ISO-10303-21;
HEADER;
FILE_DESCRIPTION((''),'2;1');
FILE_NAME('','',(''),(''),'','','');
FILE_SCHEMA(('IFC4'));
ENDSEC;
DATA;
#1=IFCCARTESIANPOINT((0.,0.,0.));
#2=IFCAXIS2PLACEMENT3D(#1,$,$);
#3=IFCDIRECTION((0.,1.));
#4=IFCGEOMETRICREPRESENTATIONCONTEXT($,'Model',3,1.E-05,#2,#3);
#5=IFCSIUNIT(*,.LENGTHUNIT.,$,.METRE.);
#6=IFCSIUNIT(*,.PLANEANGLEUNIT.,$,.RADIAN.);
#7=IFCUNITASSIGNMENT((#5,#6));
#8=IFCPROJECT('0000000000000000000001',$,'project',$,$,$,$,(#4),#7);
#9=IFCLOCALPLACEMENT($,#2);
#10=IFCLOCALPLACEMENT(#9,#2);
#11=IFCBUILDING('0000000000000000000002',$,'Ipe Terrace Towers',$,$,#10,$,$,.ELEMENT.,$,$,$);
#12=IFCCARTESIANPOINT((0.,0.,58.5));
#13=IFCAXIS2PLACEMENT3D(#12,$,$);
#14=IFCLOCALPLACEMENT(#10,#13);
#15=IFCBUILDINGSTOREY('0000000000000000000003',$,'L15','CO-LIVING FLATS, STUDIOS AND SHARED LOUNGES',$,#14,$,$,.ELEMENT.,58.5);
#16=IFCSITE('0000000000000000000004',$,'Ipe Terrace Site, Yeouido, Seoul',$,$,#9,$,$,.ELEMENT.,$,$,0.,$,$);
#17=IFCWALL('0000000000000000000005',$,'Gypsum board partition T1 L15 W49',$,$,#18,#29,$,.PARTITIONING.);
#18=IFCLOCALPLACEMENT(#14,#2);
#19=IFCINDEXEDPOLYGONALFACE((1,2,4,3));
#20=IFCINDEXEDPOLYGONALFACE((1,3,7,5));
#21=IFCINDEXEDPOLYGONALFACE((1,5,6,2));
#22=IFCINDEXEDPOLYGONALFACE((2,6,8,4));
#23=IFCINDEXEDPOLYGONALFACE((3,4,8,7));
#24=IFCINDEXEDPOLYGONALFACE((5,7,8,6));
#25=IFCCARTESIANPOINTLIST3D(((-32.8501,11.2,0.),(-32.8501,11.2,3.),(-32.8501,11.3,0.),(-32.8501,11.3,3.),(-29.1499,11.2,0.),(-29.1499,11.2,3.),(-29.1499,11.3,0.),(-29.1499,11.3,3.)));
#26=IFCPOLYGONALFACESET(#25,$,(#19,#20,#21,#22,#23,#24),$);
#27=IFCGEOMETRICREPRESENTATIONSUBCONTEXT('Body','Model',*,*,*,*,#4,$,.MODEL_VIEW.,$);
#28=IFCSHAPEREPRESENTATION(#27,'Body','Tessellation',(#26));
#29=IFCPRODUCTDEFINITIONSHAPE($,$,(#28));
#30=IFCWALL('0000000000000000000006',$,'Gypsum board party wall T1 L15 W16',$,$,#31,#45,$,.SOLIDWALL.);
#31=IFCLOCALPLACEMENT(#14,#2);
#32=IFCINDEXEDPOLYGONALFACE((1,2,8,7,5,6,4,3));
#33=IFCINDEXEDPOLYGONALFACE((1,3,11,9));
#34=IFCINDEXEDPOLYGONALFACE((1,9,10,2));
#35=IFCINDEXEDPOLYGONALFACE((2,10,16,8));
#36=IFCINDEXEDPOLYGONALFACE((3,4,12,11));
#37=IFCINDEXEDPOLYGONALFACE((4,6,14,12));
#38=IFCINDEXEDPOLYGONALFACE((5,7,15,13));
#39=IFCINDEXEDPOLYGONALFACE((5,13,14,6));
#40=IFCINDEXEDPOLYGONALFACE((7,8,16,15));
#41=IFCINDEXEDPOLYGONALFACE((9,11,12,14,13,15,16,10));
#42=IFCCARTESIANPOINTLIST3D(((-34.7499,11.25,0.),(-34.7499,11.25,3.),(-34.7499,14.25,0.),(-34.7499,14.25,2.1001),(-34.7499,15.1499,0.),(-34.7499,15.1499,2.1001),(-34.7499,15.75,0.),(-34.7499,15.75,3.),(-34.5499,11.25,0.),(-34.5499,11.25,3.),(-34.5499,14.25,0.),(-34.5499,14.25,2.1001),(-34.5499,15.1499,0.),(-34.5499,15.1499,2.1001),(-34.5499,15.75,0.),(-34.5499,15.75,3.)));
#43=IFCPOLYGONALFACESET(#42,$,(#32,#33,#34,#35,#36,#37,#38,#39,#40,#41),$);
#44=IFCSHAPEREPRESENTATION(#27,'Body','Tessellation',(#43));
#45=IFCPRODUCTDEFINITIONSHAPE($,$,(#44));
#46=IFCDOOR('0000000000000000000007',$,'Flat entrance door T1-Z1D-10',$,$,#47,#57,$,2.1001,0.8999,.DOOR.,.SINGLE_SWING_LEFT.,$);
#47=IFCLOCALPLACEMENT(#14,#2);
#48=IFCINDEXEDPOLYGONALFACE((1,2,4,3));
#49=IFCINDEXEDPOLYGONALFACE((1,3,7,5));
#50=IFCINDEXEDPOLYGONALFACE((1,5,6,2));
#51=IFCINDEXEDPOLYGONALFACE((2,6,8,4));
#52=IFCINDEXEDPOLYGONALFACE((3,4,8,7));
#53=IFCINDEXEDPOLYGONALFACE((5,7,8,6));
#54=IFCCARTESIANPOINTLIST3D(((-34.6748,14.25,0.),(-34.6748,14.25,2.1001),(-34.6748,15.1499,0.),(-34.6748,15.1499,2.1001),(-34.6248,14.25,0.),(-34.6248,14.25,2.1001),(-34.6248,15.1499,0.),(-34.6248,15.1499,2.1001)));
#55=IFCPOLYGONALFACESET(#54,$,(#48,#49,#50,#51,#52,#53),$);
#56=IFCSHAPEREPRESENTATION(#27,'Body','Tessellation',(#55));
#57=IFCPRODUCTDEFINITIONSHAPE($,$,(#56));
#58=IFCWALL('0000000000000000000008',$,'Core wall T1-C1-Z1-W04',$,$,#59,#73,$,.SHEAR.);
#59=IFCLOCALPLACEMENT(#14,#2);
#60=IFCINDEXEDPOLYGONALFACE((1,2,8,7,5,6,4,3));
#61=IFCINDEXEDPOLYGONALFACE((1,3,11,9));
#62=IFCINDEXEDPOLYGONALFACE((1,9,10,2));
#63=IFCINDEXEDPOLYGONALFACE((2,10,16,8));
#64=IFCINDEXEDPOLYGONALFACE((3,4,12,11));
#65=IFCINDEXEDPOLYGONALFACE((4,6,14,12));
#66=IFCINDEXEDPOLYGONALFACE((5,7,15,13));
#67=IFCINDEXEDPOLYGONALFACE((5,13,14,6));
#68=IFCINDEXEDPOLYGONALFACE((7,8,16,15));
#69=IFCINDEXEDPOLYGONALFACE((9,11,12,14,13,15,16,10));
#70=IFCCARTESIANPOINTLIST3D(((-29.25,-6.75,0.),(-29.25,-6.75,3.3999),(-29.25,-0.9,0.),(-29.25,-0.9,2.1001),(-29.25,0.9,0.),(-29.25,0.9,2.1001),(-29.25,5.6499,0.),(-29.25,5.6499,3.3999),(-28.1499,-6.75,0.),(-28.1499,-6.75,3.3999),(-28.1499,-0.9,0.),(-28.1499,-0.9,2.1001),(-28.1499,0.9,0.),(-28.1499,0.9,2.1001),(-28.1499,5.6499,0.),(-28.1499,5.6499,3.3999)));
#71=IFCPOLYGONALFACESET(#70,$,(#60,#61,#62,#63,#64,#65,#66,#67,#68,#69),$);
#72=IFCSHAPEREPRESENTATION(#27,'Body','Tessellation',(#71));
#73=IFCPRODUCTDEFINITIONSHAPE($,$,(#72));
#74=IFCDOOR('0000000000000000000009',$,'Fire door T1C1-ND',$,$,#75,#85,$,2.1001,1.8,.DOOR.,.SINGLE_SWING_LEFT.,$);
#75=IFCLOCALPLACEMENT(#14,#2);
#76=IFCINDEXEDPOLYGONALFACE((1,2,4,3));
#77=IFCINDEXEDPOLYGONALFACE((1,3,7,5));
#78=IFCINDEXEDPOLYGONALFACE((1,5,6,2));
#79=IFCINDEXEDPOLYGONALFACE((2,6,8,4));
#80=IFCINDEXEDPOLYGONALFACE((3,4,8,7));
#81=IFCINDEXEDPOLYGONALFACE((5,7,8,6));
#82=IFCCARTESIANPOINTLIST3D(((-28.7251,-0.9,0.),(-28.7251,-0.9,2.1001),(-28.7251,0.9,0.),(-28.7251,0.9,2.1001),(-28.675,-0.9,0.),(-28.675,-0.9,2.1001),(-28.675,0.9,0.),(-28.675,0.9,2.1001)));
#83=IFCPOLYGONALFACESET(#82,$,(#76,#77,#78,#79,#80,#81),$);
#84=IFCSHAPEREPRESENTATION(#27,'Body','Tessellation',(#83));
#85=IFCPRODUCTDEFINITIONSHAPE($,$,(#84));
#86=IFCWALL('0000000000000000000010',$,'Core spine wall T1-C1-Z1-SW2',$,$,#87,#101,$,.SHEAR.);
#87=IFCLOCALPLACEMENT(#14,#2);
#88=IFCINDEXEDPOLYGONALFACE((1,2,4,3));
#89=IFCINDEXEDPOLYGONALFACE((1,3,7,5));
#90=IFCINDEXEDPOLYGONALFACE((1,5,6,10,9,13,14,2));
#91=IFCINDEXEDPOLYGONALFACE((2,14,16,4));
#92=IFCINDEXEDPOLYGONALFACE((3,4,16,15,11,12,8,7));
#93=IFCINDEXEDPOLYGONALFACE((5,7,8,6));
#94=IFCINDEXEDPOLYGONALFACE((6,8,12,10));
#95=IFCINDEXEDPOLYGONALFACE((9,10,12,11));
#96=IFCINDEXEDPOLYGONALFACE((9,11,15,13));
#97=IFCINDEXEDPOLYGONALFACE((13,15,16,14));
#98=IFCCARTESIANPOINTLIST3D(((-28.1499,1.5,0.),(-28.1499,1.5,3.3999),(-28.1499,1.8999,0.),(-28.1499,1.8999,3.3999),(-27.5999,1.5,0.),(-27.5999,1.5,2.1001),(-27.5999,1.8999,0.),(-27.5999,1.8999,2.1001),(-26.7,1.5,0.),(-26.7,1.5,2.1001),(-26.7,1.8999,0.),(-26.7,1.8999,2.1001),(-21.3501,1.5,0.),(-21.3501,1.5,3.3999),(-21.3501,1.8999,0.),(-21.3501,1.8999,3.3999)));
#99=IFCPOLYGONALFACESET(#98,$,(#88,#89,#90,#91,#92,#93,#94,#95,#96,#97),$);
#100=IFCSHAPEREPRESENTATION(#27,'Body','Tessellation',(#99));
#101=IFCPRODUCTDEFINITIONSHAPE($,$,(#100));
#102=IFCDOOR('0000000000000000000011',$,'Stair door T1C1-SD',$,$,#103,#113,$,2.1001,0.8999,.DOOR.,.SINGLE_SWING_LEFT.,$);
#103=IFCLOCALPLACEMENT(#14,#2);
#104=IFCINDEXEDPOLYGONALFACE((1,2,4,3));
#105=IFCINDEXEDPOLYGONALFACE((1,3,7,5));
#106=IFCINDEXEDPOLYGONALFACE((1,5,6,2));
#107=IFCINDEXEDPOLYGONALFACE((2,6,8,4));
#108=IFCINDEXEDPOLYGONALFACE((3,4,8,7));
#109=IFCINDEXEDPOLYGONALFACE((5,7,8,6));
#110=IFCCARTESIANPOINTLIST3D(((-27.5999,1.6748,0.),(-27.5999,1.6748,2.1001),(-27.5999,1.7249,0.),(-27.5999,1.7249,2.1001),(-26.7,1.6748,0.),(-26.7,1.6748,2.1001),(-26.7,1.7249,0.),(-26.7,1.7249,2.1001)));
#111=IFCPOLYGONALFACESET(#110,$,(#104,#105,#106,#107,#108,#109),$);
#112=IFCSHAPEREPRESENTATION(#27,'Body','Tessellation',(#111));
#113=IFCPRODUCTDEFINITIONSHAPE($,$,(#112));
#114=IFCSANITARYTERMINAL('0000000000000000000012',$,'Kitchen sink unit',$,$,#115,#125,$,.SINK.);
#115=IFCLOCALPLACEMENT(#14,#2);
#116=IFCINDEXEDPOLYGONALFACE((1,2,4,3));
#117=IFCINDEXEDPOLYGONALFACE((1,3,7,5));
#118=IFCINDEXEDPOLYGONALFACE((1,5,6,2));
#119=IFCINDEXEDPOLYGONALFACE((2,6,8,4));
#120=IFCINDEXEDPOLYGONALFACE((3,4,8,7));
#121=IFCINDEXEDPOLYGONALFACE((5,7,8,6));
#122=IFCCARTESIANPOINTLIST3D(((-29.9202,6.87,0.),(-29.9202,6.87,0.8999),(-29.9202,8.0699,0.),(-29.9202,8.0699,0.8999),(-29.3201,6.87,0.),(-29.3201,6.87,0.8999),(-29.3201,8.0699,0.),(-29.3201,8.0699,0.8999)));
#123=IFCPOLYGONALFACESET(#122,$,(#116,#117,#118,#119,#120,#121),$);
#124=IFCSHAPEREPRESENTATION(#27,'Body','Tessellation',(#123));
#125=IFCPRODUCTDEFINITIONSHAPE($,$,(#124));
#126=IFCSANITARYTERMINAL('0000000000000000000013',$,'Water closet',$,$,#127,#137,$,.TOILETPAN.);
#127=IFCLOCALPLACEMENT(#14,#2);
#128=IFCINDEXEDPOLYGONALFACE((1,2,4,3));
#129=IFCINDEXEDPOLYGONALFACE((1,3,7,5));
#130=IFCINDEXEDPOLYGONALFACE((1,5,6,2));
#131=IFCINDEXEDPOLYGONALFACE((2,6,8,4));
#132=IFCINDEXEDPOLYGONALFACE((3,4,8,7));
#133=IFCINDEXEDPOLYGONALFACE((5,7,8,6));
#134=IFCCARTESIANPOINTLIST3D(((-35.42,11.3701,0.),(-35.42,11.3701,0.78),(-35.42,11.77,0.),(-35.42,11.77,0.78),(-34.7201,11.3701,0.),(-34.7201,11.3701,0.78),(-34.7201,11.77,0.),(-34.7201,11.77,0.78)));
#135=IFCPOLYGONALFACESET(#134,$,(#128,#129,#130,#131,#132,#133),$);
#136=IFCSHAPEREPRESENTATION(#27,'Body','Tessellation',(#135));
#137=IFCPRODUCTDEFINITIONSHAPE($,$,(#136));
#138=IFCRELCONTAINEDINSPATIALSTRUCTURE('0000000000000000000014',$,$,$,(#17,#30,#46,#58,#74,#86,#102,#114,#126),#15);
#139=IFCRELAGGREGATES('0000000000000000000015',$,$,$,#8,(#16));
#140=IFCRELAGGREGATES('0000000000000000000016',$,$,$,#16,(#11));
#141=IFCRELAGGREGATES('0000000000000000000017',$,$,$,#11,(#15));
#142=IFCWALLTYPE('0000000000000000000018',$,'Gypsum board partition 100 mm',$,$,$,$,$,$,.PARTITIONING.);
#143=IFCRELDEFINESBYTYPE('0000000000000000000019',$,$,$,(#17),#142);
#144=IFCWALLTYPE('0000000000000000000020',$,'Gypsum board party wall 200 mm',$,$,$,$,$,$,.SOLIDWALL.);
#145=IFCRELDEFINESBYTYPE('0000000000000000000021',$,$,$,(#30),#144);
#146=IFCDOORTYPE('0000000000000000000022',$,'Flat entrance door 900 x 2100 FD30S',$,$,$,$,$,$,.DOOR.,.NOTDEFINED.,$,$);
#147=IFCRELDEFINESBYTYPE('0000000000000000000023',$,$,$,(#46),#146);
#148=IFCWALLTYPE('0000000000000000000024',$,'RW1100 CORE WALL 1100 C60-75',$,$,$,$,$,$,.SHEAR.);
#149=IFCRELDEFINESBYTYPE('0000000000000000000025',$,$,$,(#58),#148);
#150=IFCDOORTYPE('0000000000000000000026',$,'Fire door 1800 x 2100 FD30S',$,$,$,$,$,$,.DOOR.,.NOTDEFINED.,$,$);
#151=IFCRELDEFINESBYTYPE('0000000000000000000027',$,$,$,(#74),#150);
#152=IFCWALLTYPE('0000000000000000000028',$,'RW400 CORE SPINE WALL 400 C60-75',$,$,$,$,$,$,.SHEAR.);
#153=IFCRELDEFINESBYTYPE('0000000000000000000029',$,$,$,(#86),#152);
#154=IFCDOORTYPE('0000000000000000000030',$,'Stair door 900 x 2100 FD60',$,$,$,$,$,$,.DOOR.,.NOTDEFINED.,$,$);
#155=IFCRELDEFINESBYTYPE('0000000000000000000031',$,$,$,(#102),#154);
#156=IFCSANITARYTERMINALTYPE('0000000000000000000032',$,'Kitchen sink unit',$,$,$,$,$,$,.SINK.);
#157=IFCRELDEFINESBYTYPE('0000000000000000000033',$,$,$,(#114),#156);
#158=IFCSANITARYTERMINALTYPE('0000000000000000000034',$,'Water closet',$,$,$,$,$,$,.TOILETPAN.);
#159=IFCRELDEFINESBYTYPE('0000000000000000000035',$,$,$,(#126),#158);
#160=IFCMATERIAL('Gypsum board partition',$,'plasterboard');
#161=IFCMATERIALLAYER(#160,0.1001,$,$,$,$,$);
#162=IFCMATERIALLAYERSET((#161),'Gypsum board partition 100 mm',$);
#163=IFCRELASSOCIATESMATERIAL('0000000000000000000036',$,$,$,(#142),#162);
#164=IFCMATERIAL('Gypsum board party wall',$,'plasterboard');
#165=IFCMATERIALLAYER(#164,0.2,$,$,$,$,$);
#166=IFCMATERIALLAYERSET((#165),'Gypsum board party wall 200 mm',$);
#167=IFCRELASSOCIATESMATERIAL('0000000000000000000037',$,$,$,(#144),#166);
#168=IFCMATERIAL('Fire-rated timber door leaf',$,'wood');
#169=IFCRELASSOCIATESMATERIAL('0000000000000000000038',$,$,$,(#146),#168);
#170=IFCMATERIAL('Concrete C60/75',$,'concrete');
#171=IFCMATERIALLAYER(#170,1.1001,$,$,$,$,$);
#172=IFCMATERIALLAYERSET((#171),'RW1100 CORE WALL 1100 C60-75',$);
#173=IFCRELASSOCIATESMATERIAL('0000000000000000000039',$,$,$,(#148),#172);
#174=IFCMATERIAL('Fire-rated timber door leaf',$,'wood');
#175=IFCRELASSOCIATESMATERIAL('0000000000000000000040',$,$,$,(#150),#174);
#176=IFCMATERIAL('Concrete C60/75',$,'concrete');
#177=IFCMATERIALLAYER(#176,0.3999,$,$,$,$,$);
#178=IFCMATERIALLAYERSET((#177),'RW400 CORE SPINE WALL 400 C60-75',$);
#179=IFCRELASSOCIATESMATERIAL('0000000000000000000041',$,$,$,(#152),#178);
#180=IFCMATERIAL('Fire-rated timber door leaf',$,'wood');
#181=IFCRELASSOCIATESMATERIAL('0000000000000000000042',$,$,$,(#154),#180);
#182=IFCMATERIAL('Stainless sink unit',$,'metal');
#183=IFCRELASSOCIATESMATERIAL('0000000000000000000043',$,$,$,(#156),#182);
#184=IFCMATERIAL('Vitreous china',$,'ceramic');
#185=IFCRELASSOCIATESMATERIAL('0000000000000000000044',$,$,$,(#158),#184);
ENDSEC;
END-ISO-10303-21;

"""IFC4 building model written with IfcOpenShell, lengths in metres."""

from ifc_helpers import new_model, si_unit, direction, frame, frame_2d, origin, origin_2d, place, context, subcontext, project, spatial, rectangle, extrude, material, layer, layer_set, type_object, element, fill, save


model = new_model("IFC4")

# Units and contexts
model_context = context("Model", 3, precision=1e-05, world=origin(), true_north=direction((0.0, 1.0)))
body_context = subcontext(model_context, "Body", "Model", "MODEL_VIEW")
ifc_project = project(units=[si_unit("LENGTHUNIT", "METRE"), si_unit("PLANEANGLEUNIT", "RADIAN")], contexts=[model_context])

# Site, building, storey
site_placement = place(None, origin())
site = spatial("IfcSite", under=ifc_project, at=site_placement, Name="Ipe Terrace Site, Yeouido, Seoul", CompositionType="ELEMENT", RefElevation=0.0)
building_placement = place(site_placement, origin())
building = spatial("IfcBuilding", under=site, at=building_placement, Name="Ipe Terrace Towers", CompositionType="ELEMENT")
storey_placement = place(building_placement, frame((0.0, 0.0, 58.5)))
storey = spatial("IfcBuildingStorey", under=building, at=storey_placement, Name="L15", Description="CO-LIVING FLATS, STUDIOS AND SHARED LOUNGES", CompositionType="ELEMENT", Elevation=58.5)

# Shared definitions
ifc_material_1 = material(Name="Gypsum board partition", Category="plasterboard")
ifc_layer_1 = layer(ifc_material_1, 0.1001)
ifc_layer_set_1 = layer_set([ifc_layer_1], Name="Gypsum board partition 100 mm")
wall_type_1 = type_object("IfcWallType", Name="Gypsum board partition 100 mm", PredefinedType="PARTITIONING", material=ifc_layer_set_1)

# Wall
wall_1_placement = place(storey_placement, frame((-32.8501, 11.25, 0.0), z_axis=(0.0, 0.0, 1.0), x_axis=(1.0, 0.0, 0.0)))
element("IfcWall", 1, at=wall_1_placement, inside=storey, type_object=wall_type_1, Name="Gypsum board partition T1 L15 W49", PredefinedType="PARTITIONING", context=body_context, shape_type="SweptSolid", body=[
    extrude(rectangle(XDim=3.7002, YDim=0.1001, at=frame_2d((1.8501, 0.0))), origin(), (0.0, 0.0, 1.0), 3.0),
])

# Walls, openings, doors
ifc_material_2 = material(Name="Gypsum board party wall", Category="plasterboard")
ifc_layer_2 = layer(ifc_material_2, 0.2)
ifc_layer_set_2 = layer_set([ifc_layer_2], Name="Gypsum board party wall 200 mm")
wall_type_2 = type_object("IfcWallType", Name="Gypsum board party wall 200 mm", PredefinedType="SOLIDWALL", material=ifc_layer_set_2)
wall_2_placement = place(storey_placement, frame((-34.6499, 11.25, 0.0), z_axis=(0.0, 0.0, 1.0), x_axis=(0.0, 1.0, 0.0)))
wall_2 = element("IfcWall", 2, at=wall_2_placement, inside=storey, type_object=wall_type_2, Name="Gypsum board party wall T1 L15 W16", PredefinedType="SOLIDWALL", context=body_context, shape_type="SweptSolid", body=[
    extrude(rectangle(XDim=4.5, YDim=0.2, at=frame_2d((2.25, 0.0))), origin(), (0.0, 0.0, 1.0), 3.0),
])
opening_1_placement = place(wall_2_placement, frame((3.0, 0.0, 0.0)))
opening_1 = element("IfcOpeningElement", 3, at=opening_1_placement, cuts=wall_2, PredefinedType="OPENING", context=body_context, shape_type="SweptSolid", body=[
    extrude(rectangle(XDim=0.8999, YDim=2.1001, at=frame_2d((0.45, 1.05))), frame((0.0, 0.1099, 0.0), z_axis=(0.0, -1.0, 0.0), x_axis=(1.0, 0.0, 0.0)), (0.0, 0.0, 1.0), 0.22),
])
ifc_material_3 = material(Name="Fire-rated timber door leaf", Category="wood")
door_type_1 = type_object("IfcDoorType", Name="Flat entrance door 900 x 2100 FD30S", OperationType="NOTDEFINED", PredefinedType="DOOR", material=ifc_material_3)
door_1_placement = place(opening_1_placement, origin())
door_1 = element("IfcDoor", 4, at=door_1_placement, inside=storey, type_object=door_type_1, Name="Flat entrance door T1-Z1D-10", OperationType="SINGLE_SWING_LEFT", OverallHeight=2.1001, OverallWidth=0.8999, PredefinedType="DOOR", context=body_context, shape_type="SweptSolid", body=[
    extrude(rectangle(XDim=0.8999, YDim=2.1001, at=frame_2d((0.45, 1.05))), frame((0.0, 0.0249, 0.0), z_axis=(0.0, -1.0, 0.0), x_axis=(1.0, 0.0, 0.0)), (0.0, 0.0, 1.0), 0.05),
])
fill(opening_1, door_1)
ifc_material_4 = material(Name="Concrete C60/75", Category="concrete")
ifc_layer_3 = layer(ifc_material_4, 1.1001)
ifc_layer_set_3 = layer_set([ifc_layer_3], Name="RW1100 CORE WALL 1100 C60-75")
wall_type_3 = type_object("IfcWallType", Name="RW1100 CORE WALL 1100 C60-75", PredefinedType="SHEAR", material=ifc_layer_set_3)
wall_3_placement = place(storey_placement, frame((-28.7, 5.6499, 0.0), z_axis=(0.0, 0.0, 1.0), x_axis=(0.0, -1.0, 0.0)))
wall_3 = element("IfcWall", 5, at=wall_3_placement, inside=storey, type_object=wall_type_3, Name="Core wall T1-C1-Z1-W04", PredefinedType="SHEAR", context=body_context, shape_type="SweptSolid", body=[
    extrude(rectangle(XDim=12.3999, YDim=1.1001, at=frame_2d((6.2, 0.0))), origin(), (0.0, 0.0, 1.0), 3.3999),
])
opening_2_placement = place(wall_3_placement, frame((4.75, 0.0, 0.0)))
opening_2 = element("IfcOpeningElement", 6, at=opening_2_placement, cuts=wall_3, PredefinedType="OPENING", context=body_context, shape_type="SweptSolid", body=[
    extrude(rectangle(XDim=1.8, YDim=2.1001, at=frame_2d((0.8999, 1.05))), frame((0.0, 0.5601, 0.0), z_axis=(0.0, -1.0, 0.0), x_axis=(1.0, 0.0, 0.0)), (0.0, 0.0, 1.0), 1.1201),
])
ifc_material_5 = material(Name="Fire-rated timber door leaf", Category="wood")
door_type_2 = type_object("IfcDoorType", Name="Fire door 1800 x 2100 FD30S", OperationType="NOTDEFINED", PredefinedType="DOOR", material=ifc_material_5)
door_2_placement = place(opening_2_placement, origin())
door_2 = element("IfcDoor", 7, at=door_2_placement, inside=storey, type_object=door_type_2, Name="Fire door T1C1-ND", OperationType="SINGLE_SWING_LEFT", OverallHeight=2.1001, OverallWidth=1.8, PredefinedType="DOOR", context=body_context, shape_type="SweptSolid", body=[
    extrude(rectangle(XDim=1.8, YDim=2.1001, at=frame_2d((0.8999, 1.05))), frame((0.0, 0.0249, 0.0), z_axis=(0.0, -1.0, 0.0), x_axis=(1.0, 0.0, 0.0)), (0.0, 0.0, 1.0), 0.05),
])
fill(opening_2, door_2)
ifc_material_6 = material(Name="Concrete C60/75", Category="concrete")
ifc_layer_4 = layer(ifc_material_6, 0.3999)
ifc_layer_set_4 = layer_set([ifc_layer_4], Name="RW400 CORE SPINE WALL 400 C60-75")
wall_type_4 = type_object("IfcWallType", Name="RW400 CORE SPINE WALL 400 C60-75", PredefinedType="SHEAR", material=ifc_layer_set_4)
wall_4_placement = place(storey_placement, frame((-28.1499, 1.7, 0.0), z_axis=(0.0, 0.0, 1.0), x_axis=(1.0, 0.0, 0.0)))
wall_4 = element("IfcWall", 8, at=wall_4_placement, inside=storey, type_object=wall_type_4, Name="Core spine wall T1-C1-Z1-SW2", PredefinedType="SHEAR", context=body_context, shape_type="SweptSolid", body=[
    extrude(rectangle(XDim=6.7998, YDim=0.3999, at=frame_2d((3.3999, 0.0))), origin(), (0.0, 0.0, 1.0), 3.3999),
])
opening_3_placement = place(wall_4_placement, frame((0.55, 0.0, 0.0)))
opening_3 = element("IfcOpeningElement", 9, at=opening_3_placement, cuts=wall_4, PredefinedType="OPENING", context=body_context, shape_type="SweptSolid", body=[
    extrude(rectangle(XDim=0.8999, YDim=2.1001, at=frame_2d((0.45, 1.05))), frame((0.0, 0.21, 0.0), z_axis=(0.0, -1.0, 0.0), x_axis=(1.0, 0.0, 0.0)), (0.0, 0.0, 1.0), 0.4199),
])
ifc_material_7 = material(Name="Fire-rated timber door leaf", Category="wood")
door_type_3 = type_object("IfcDoorType", Name="Stair door 900 x 2100 FD60", OperationType="NOTDEFINED", PredefinedType="DOOR", material=ifc_material_7)
door_3_placement = place(opening_3_placement, origin())
door_3 = element("IfcDoor", 10, at=door_3_placement, inside=storey, type_object=door_type_3, Name="Stair door T1C1-SD", OperationType="SINGLE_SWING_LEFT", OverallHeight=2.1001, OverallWidth=0.8999, PredefinedType="DOOR", context=body_context, shape_type="SweptSolid", body=[
    extrude(rectangle(XDim=0.8999, YDim=2.1001, at=frame_2d((0.45, 1.05))), frame((0.0, 0.0249, 0.0), z_axis=(0.0, -1.0, 0.0), x_axis=(1.0, 0.0, 0.0)), (0.0, 0.0, 1.0), 0.05),
])
fill(opening_3, door_3)

# Sanitary terminals
ifc_material_8 = material(Name="Stainless sink unit", Category="metal")
sanitary_terminal_type_1 = type_object("IfcSanitaryTerminalType", Name="Kitchen sink unit", PredefinedType="SINK", material=ifc_material_8)
sanitary_terminal_1_placement = place(storey_placement, frame((-29.6201, 7.47, 0.0), z_axis=(0.0, 0.0, 1.0), x_axis=(0.0, -1.0, 0.0)))
element("IfcSanitaryTerminal", 11, at=sanitary_terminal_1_placement, inside=storey, type_object=sanitary_terminal_type_1, Name="Kitchen sink unit", PredefinedType="SINK", context=body_context, shape_type="SweptSolid", body=[
    extrude(rectangle(XDim=1.2, YDim=0.6001, at=origin_2d()), origin(), (0.0, 0.0, 1.0), 0.8999),
])
ifc_material_9 = material(Name="Vitreous china", Category="ceramic")
sanitary_terminal_type_2 = type_object("IfcSanitaryTerminalType", Name="Water closet", PredefinedType="TOILETPAN", material=ifc_material_9)
sanitary_terminal_2_placement = place(storey_placement, frame((-35.0701, 11.5701, 0.0), z_axis=(0.0, 0.0, 1.0), x_axis=(-1.0, 0.0, 0.0)))
element("IfcSanitaryTerminal", 12, at=sanitary_terminal_2_placement, inside=storey, type_object=sanitary_terminal_type_2, Name="Water closet", PredefinedType="TOILETPAN", context=body_context, shape_type="SweptSolid", body=[
    extrude(rectangle(XDim=0.7, YDim=0.3999, at=origin_2d()), origin(), (0.0, 0.0, 1.0), 0.78),
])

save(model, "model.ifc")
